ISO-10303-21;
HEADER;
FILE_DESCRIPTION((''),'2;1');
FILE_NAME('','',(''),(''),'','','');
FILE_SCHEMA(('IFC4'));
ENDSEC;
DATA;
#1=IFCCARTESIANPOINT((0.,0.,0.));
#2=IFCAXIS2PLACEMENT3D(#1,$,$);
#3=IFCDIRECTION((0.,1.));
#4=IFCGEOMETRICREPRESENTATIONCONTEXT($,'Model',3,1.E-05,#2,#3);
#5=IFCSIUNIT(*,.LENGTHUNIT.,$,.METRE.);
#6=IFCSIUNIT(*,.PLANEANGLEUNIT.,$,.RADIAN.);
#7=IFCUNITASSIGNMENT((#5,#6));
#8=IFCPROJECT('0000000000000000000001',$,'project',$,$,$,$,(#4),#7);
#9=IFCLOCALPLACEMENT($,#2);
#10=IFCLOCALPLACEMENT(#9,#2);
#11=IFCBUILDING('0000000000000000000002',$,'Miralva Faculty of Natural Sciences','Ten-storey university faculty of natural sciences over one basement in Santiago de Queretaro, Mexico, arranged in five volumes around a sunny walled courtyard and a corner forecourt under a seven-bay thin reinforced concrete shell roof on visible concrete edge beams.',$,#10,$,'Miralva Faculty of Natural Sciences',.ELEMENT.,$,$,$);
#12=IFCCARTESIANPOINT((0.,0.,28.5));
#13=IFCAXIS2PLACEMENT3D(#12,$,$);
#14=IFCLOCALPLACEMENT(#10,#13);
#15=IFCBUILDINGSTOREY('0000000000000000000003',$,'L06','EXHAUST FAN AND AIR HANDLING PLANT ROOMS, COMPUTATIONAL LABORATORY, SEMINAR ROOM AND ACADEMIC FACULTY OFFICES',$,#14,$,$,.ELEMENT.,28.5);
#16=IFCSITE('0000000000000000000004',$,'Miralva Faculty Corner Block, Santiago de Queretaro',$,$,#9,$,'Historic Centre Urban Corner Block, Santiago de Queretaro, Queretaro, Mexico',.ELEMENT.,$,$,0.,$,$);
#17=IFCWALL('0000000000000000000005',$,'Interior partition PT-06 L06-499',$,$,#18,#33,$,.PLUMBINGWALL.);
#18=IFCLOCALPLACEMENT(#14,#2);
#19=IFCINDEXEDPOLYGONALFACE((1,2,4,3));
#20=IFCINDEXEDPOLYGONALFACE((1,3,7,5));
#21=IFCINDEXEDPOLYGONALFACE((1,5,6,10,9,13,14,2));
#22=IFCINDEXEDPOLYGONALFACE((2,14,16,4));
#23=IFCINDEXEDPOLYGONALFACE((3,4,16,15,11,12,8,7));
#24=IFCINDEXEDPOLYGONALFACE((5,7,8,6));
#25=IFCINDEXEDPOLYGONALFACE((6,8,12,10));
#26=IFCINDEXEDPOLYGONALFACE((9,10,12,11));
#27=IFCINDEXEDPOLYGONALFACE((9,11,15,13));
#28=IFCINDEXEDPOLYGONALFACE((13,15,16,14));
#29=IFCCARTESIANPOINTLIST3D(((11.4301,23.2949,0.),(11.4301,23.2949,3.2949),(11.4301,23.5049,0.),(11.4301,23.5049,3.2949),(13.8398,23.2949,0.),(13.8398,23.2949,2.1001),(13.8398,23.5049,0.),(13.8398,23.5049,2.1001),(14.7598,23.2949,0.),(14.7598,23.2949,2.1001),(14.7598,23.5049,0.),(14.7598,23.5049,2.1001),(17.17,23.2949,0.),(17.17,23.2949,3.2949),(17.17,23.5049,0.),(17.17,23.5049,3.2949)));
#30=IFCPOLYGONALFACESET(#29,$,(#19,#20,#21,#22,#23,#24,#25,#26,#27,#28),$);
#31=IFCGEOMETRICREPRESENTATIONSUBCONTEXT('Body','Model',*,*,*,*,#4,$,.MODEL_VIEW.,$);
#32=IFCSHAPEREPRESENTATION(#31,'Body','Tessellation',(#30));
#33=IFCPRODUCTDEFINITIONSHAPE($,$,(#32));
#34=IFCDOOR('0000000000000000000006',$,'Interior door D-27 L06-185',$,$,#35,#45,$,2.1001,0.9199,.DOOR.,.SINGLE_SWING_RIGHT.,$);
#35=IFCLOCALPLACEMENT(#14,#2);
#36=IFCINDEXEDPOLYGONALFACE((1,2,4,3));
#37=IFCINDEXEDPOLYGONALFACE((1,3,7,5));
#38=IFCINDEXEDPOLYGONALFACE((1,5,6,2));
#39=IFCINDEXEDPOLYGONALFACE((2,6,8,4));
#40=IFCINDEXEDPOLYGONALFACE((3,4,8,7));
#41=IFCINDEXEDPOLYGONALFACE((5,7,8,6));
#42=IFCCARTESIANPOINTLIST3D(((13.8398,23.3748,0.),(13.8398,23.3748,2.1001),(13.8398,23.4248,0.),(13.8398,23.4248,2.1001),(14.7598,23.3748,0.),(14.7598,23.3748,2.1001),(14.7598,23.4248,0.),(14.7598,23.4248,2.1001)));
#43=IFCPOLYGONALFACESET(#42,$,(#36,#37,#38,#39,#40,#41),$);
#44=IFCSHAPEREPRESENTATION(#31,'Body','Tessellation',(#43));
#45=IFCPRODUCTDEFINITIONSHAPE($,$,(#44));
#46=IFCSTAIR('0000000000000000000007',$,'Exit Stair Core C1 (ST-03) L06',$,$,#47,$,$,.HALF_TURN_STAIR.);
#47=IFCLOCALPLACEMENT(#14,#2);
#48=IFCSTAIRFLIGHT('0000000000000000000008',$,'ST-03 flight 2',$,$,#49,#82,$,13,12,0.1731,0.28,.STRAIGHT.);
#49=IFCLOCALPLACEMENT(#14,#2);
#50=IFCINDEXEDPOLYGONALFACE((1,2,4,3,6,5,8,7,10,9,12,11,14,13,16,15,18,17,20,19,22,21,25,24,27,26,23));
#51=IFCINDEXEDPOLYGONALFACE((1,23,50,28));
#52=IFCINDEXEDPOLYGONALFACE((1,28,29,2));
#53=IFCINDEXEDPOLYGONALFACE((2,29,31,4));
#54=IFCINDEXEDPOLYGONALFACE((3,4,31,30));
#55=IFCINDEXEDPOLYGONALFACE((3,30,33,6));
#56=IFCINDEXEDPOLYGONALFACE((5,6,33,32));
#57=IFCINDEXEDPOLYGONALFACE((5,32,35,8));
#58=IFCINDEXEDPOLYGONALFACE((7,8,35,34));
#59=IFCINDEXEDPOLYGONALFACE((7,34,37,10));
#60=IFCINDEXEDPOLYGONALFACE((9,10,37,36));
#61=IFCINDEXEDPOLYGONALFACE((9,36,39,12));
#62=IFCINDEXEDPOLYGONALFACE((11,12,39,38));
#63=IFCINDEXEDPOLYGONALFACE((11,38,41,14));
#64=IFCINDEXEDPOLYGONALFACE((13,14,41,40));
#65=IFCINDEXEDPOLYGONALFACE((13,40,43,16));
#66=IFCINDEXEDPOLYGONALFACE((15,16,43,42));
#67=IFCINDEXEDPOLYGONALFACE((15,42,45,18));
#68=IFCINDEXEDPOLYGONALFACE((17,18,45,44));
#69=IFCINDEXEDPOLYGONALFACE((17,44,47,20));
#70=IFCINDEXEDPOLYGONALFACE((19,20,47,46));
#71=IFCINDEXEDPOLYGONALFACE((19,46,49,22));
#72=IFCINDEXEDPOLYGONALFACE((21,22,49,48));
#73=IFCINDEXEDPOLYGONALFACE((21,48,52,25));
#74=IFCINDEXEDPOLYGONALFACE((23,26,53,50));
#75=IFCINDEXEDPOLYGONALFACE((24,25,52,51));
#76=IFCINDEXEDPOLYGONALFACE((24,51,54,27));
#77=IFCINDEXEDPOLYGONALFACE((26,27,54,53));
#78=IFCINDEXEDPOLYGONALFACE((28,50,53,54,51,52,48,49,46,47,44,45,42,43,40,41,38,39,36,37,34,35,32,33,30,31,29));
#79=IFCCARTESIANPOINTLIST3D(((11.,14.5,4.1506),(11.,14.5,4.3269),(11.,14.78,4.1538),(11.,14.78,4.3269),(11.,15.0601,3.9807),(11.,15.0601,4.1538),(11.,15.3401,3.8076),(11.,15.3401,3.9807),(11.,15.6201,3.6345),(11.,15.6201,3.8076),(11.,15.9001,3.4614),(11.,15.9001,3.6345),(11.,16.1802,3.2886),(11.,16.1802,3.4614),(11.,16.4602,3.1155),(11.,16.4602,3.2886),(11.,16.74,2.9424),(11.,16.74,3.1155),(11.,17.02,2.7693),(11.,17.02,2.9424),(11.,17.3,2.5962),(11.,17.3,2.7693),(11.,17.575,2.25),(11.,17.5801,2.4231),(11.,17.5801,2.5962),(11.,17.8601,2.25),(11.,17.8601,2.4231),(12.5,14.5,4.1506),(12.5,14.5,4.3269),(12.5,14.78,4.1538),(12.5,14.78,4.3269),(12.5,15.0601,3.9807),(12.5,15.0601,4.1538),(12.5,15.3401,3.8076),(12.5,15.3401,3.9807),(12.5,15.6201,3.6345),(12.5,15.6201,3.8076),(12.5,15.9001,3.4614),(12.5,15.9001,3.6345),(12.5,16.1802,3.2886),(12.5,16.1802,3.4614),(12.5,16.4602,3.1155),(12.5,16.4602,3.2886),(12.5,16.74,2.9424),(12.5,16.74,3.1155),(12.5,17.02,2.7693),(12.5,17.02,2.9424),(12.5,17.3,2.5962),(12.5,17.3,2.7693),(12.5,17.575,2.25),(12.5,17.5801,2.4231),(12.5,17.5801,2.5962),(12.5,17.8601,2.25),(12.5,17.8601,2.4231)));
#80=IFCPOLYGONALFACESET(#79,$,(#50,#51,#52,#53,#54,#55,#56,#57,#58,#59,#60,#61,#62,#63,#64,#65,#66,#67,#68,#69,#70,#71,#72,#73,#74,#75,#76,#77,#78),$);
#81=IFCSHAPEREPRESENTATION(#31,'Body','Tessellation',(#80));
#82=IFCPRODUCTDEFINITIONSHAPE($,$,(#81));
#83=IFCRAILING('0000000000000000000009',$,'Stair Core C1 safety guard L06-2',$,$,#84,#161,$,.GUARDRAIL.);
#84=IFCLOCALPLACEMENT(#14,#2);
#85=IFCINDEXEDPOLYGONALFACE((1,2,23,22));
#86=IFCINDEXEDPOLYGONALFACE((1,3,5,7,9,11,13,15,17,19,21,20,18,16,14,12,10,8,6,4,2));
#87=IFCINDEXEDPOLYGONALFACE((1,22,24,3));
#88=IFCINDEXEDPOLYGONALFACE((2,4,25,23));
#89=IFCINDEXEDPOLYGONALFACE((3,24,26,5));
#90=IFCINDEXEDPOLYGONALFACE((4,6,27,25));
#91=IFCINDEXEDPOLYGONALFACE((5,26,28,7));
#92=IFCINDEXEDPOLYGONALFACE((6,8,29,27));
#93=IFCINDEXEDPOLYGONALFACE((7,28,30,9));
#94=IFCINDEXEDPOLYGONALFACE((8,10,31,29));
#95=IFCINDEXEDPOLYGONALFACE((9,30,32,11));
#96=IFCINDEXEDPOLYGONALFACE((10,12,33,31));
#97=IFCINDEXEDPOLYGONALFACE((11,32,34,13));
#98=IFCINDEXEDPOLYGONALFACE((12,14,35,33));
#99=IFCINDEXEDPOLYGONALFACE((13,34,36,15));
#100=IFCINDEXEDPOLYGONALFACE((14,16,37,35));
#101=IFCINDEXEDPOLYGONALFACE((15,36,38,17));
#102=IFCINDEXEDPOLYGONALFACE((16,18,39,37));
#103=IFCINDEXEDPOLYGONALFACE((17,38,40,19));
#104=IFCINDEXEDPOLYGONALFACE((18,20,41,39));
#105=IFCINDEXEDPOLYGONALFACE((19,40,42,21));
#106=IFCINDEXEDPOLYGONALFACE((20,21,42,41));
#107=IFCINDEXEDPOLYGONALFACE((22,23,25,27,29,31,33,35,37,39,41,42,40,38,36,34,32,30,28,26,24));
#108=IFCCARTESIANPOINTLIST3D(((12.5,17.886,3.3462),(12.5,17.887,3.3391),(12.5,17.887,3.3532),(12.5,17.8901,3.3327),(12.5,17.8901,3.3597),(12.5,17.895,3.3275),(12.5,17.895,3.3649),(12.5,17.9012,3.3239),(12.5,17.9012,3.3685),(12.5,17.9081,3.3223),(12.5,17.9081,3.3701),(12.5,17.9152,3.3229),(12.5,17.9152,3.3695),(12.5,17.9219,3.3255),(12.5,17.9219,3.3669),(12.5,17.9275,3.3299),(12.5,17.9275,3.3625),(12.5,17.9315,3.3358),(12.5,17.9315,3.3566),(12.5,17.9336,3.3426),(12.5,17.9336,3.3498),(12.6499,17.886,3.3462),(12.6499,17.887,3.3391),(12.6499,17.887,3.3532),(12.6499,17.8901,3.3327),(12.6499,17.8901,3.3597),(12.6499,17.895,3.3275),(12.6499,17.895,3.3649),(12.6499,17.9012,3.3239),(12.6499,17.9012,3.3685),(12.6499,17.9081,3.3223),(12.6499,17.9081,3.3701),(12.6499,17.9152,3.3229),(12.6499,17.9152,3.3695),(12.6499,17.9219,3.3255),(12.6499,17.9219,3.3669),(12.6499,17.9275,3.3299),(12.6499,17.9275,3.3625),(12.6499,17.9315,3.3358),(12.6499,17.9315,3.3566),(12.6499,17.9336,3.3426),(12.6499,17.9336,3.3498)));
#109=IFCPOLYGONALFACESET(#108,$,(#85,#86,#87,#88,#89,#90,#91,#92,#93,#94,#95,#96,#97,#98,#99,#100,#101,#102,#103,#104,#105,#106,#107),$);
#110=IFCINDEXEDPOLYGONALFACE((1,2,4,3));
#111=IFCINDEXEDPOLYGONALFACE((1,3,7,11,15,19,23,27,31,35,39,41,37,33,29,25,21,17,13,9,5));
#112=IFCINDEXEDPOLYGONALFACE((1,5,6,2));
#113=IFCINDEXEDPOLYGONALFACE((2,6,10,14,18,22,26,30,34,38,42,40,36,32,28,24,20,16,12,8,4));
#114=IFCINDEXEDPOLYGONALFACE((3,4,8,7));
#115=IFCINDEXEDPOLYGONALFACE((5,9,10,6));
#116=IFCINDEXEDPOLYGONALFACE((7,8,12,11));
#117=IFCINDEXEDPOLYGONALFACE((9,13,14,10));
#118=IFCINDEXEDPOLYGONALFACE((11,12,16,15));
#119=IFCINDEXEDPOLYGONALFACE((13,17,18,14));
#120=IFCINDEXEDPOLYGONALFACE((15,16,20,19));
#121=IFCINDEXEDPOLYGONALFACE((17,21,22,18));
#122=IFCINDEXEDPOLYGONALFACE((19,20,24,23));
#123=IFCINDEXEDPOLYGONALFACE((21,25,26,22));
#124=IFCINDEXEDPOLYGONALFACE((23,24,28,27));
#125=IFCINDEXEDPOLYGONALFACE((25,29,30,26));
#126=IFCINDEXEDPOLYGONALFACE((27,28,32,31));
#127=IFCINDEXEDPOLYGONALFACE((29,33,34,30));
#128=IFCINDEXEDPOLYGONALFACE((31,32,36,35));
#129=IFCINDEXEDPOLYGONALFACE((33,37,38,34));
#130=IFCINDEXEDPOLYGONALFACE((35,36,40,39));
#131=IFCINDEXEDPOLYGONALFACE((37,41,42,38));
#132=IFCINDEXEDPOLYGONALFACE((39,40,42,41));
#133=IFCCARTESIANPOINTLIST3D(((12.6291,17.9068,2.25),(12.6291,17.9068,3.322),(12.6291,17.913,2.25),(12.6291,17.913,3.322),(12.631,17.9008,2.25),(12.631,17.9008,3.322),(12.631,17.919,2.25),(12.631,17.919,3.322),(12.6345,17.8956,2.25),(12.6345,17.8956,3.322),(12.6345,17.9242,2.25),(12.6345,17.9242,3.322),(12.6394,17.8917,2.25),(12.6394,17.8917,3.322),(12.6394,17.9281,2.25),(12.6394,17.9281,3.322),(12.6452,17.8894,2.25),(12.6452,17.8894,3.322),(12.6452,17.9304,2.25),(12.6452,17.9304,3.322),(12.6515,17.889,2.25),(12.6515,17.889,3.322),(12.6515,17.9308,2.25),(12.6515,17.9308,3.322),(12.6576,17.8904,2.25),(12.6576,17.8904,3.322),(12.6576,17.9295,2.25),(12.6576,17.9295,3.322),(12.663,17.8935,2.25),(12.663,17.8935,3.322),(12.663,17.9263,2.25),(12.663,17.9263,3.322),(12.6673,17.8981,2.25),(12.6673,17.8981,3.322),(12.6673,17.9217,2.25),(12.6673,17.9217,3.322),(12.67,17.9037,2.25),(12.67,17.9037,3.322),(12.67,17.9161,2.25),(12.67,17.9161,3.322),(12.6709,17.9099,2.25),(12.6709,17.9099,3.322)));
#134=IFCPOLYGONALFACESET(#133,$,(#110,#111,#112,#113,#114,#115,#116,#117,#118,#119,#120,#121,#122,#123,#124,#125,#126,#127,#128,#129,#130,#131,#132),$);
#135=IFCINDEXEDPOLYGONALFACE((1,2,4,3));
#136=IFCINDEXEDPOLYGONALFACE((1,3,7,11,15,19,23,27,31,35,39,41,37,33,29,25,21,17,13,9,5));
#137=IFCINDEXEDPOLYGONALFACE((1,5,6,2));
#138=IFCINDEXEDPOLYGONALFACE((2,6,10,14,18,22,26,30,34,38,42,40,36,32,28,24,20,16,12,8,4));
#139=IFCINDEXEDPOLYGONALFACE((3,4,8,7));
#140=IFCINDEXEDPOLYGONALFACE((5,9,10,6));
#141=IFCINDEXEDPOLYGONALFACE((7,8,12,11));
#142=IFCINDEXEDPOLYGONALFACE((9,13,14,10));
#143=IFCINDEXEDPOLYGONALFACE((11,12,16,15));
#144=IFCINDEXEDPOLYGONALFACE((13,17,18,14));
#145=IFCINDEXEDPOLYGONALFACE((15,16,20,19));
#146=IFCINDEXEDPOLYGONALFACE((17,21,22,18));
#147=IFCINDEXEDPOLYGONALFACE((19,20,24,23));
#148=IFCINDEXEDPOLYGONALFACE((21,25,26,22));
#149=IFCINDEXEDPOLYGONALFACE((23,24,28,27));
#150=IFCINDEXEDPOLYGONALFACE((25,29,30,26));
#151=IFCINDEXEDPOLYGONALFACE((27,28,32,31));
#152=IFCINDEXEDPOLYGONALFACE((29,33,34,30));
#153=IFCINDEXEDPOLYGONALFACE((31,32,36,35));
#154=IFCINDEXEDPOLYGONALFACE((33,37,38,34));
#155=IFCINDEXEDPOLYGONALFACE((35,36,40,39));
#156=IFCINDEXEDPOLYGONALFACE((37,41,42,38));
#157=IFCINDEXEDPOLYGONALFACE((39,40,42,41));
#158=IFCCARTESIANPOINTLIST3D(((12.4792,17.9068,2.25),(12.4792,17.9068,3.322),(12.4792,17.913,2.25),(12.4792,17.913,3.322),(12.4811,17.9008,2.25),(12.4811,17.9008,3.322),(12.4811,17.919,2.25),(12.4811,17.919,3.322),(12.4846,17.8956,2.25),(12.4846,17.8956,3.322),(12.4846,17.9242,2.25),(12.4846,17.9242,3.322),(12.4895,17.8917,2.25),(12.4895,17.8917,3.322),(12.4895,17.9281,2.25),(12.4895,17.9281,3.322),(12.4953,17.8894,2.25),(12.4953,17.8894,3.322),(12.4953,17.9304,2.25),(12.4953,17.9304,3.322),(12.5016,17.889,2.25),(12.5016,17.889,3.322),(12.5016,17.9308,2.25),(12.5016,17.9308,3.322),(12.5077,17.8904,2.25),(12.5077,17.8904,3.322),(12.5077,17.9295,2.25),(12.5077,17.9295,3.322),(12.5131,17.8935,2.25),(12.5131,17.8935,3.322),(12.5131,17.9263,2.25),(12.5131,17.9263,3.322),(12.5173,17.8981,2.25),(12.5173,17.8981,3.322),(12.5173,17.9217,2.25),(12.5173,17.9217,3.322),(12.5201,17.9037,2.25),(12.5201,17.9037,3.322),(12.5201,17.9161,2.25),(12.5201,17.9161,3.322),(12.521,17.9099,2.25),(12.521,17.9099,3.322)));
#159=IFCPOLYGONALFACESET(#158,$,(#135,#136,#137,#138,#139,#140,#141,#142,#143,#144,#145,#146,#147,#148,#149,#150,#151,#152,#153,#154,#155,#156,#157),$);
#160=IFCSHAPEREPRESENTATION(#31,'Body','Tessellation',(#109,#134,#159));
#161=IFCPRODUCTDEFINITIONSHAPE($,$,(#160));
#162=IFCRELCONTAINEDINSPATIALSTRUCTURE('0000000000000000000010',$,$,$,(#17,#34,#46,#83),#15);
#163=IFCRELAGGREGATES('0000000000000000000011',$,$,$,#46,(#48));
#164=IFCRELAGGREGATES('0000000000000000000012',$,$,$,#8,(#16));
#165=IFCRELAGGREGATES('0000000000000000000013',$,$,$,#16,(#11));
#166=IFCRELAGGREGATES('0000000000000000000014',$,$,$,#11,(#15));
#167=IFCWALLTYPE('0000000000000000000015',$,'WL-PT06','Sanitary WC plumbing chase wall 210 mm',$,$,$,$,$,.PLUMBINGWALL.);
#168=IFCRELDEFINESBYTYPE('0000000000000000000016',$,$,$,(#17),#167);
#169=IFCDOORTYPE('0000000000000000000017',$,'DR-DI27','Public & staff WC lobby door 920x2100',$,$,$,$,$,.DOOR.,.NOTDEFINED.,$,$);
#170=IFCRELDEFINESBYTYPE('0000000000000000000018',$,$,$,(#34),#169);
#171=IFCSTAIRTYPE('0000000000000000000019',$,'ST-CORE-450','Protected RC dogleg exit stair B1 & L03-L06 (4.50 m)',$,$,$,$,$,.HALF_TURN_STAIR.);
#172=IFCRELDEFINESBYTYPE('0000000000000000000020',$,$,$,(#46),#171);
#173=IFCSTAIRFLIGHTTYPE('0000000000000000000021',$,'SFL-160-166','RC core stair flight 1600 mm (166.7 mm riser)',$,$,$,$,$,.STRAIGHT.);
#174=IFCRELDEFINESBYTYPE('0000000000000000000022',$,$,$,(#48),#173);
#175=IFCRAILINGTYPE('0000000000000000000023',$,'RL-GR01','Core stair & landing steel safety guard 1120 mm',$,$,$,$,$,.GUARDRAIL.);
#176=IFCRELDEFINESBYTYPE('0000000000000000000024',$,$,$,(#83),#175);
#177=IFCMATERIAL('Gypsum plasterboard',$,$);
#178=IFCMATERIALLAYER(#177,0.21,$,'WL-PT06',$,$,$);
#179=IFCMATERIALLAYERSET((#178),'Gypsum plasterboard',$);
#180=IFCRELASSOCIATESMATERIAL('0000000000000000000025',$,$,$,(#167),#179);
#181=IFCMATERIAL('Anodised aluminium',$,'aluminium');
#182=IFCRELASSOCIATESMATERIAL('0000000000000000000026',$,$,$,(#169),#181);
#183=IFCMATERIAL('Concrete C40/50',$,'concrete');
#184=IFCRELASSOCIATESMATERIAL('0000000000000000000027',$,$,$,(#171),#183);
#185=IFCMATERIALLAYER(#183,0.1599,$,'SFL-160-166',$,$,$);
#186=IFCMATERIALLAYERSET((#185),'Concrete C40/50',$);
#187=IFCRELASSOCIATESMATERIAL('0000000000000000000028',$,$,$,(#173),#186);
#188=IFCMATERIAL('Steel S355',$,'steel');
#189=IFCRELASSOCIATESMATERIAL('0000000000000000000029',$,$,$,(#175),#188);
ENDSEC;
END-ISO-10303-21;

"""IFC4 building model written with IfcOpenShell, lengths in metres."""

from ifc_helpers import new_model, si_unit, direction, frame, frame_2d, origin, origin_2d, place, context, subcontext, project, spatial, polyline, rectangle, circle, outline, extrude, material, layer, layer_set, type_object, element, fill, aggregate, save


model = new_model("IFC4")

# Units and contexts
model_context = context("Model", 3, precision=1e-05, world=origin(), true_north=direction((0.0, 1.0)))
body_context = subcontext(model_context, "Body", "Model", "MODEL_VIEW")
ifc_project = project(units=[si_unit("LENGTHUNIT", "METRE"), si_unit("PLANEANGLEUNIT", "RADIAN")], contexts=[model_context])

# Site, building, storey
site_placement = place(None, origin())
site = spatial("IfcSite", under=ifc_project, at=site_placement, Name="Miralva Faculty Corner Block, Santiago de Queretaro", LongName="Historic Centre Urban Corner Block, Santiago de Queretaro, Queretaro, Mexico", CompositionType="ELEMENT", RefElevation=0.0)
building_placement = place(site_placement, origin())
building = spatial("IfcBuilding", under=site, at=building_placement, Name="Miralva Faculty of Natural Sciences", Description="Ten-storey university faculty of natural sciences over one basement in Santiago de Queretaro, Mexico, arranged in five volumes around a sunny walled courtyard and a corner forecourt under a seven-bay thin reinforced concrete shell roof on visible concrete edge beams.", LongName="Miralva Faculty of Natural Sciences", CompositionType="ELEMENT")
storey_placement = place(building_placement, frame((0.0, 0.0, 28.5)))
storey = spatial("IfcBuildingStorey", under=building, at=storey_placement, Name="L06", Description="EXHAUST FAN AND AIR HANDLING PLANT ROOMS, COMPUTATIONAL LABORATORY, SEMINAR ROOM AND ACADEMIC FACULTY OFFICES", CompositionType="ELEMENT", Elevation=28.5)

# Shared definitions
ifc_material_1 = material(Name="Concrete C40/50", Category="concrete")

# Shared definitions
ifc_material_2 = material(Name="Gypsum plasterboard")
ifc_layer_1 = layer(ifc_material_2, 0.21, Name="WL-PT06")
ifc_layer_set_1 = layer_set([ifc_layer_1], Name="Gypsum plasterboard")
wall_type_1 = type_object("IfcWallType", Name="WL-PT06", Description="Sanitary WC plumbing chase wall 210 mm", PredefinedType="PLUMBINGWALL", material=ifc_layer_set_1)

# Shared definitions
ifc_material_3 = material(Name="Anodised aluminium", Category="aluminium")
door_type = type_object("IfcDoorType", Name="DR-DI27", Description="Public & staff WC lobby door 920x2100", OperationType="NOTDEFINED", PredefinedType="DOOR", material=ifc_material_3)

# Wall, opening, door
wall_1_placement = place(storey_placement, frame((11.4299, 23.3999, 0.0), z_axis=(0.0, 0.0, 1.0), x_axis=(1.0, 0.0, 0.0)))
wall_1 = element("IfcWall", 1, at=wall_1_placement, inside=storey, type_object=wall_type_1, Name="Interior partition PT-06 L06-499", PredefinedType="PLUMBINGWALL", context=body_context, shape_type="SweptSolid", body=[
    extrude(rectangle(XDim=5.74, YDim=0.21, at=frame_2d((2.8701, 0.0))), origin(), (0.0, 0.0, 1.0), 3.2949),
])
opening_1_placement = place(wall_1_placement, frame((2.4099, 0.0, 0.0)))
opening_1 = element("IfcOpeningElement", 2, at=opening_1_placement, cuts=wall_1, PredefinedType="OPENING", context=body_context, shape_type="SweptSolid", body=[
    extrude(rectangle(XDim=0.9199, YDim=2.1001, at=frame_2d((0.46, 1.05))), frame((0.0, 0.115, 0.0), z_axis=(0.0, -1.0, 0.0), x_axis=(1.0, 0.0, 0.0)), (0.0, 0.0, 1.0), 0.23),
])
door_1_placement = place(opening_1_placement, origin())
door_1 = element("IfcDoor", 3, at=door_1_placement, inside=storey, type_object=door_type, Name="Interior door D-27 L06-185", OperationType="SINGLE_SWING_RIGHT", OverallHeight=2.1001, OverallWidth=0.9199, PredefinedType="DOOR", context=body_context, shape_type="SweptSolid", body=[
    extrude(rectangle(XDim=0.9199, YDim=2.1001, at=frame_2d((0.46, 1.05))), frame((0.0, 0.0249, 0.0), z_axis=(0.0, -1.0, 0.0), x_axis=(1.0, 0.0, 0.0)), (0.0, 0.0, 1.0), 0.05),
])
fill(opening_1, door_1)

# Stair, stair flight
stair_type = type_object("IfcStairType", Name="ST-CORE-450", Description="Protected RC dogleg exit stair B1 & L03-L06 (4.50 m)", PredefinedType="HALF_TURN_STAIR", material=ifc_material_1)
stair_placement = place(storey_placement, origin())
stair = element("IfcStair", 4, at=stair_placement, inside=storey, type_object=stair_type, Name="Exit Stair Core C1 (ST-03) L06", PredefinedType="HALF_TURN_STAIR")
ifc_layer_2 = layer(ifc_material_1, 0.1599, Name="SFL-160-166")
ifc_layer_set_2 = layer_set([ifc_layer_2], Name="Concrete C40/50")
stair_flight_type = type_object("IfcStairFlightType", Name="SFL-160-166", Description="RC core stair flight 1600 mm (166.7 mm riser)", PredefinedType="STRAIGHT", material=ifc_layer_set_2)
stair_flight_placement = place(storey_placement, frame((11.75, 17.8601, 2.25), z_axis=(0.0, 0.0, 1.0), x_axis=(0.0, -1.0, 0.0)))
stair_flight = element("IfcStairFlight", 5, at=stair_flight_placement, type_object=stair_flight_type, Name="ST-03 flight 2", NumberOfRisers=13, NumberOfTreads=12, PredefinedType="STRAIGHT", RiserHeight=0.1731, TreadLength=0.28, context=body_context, shape_type="SweptSolid", body=[
    extrude(outline(polyline([(0.0, 0.0), (0.0, 0.1731), (0.28, 0.1731), (0.28, 0.3462), (0.5601, 0.3462), (0.5601, 0.5193), (0.8401, 0.5193), (0.8401, 0.6924), (1.1201, 0.6924), (1.1201, 0.8655), (1.3999, 0.8655), (1.3999, 1.0386), (1.6799, 1.0386), (1.6799, 1.2114), (1.96, 1.2114), (1.96, 1.3845), (2.24, 1.3845), (2.24, 1.5576), (2.52, 1.5576), (2.52, 1.7307), (2.8, 1.7307), (2.8, 1.9038), (3.0801, 1.9038), (3.0801, 2.0769), (3.3601, 2.0769), (3.3601, 2.25), (3.3601, 1.9006), (0.2852, 0.0), (0.0, 0.0)])), frame((0.0, 0.75, 0.0), z_axis=(0.0, -1.0, 0.0), x_axis=(1.0, 0.0, 0.0)), (0.0, 0.0, 1.0), 1.5),
])
aggregate(stair, [stair_flight])

# Railing
ifc_material_4 = material(Name="Steel S355", Category="steel")
railing_type_1 = type_object("IfcRailingType", Name="RL-GR01", Description="Core stair & landing steel safety guard 1120 mm", PredefinedType="GUARDRAIL", material=ifc_material_4)
railing_1_placement = place(storey_placement, frame((12.6499, 17.9099, 2.25)))
element("IfcRailing", 6, at=railing_1_placement, inside=storey, type_object=railing_type_1, Name="Stair Core C1 safety guard L06-2", PredefinedType="GUARDRAIL", context=body_context, shape_type="SweptSolid", body=[
    extrude(circle(Radius=0.0239, at=origin_2d()), frame((0.0, 0.0, 1.0962), z_axis=(-1.0, 0.0, 0.0), x_axis=(0.0, -1.0, 0.0)), (0.0, 0.0, 1.0), 0.1499),
    extrude(circle(Radius=0.021, at=origin_2d()), origin(), (0.0, 0.0, 1.0), 1.072),
    extrude(circle(Radius=0.021, at=origin_2d()), frame((-0.1499, 0.0, 0.0)), (0.0, 0.0, 1.0), 1.072),
])

save(model, "model.ifc")
